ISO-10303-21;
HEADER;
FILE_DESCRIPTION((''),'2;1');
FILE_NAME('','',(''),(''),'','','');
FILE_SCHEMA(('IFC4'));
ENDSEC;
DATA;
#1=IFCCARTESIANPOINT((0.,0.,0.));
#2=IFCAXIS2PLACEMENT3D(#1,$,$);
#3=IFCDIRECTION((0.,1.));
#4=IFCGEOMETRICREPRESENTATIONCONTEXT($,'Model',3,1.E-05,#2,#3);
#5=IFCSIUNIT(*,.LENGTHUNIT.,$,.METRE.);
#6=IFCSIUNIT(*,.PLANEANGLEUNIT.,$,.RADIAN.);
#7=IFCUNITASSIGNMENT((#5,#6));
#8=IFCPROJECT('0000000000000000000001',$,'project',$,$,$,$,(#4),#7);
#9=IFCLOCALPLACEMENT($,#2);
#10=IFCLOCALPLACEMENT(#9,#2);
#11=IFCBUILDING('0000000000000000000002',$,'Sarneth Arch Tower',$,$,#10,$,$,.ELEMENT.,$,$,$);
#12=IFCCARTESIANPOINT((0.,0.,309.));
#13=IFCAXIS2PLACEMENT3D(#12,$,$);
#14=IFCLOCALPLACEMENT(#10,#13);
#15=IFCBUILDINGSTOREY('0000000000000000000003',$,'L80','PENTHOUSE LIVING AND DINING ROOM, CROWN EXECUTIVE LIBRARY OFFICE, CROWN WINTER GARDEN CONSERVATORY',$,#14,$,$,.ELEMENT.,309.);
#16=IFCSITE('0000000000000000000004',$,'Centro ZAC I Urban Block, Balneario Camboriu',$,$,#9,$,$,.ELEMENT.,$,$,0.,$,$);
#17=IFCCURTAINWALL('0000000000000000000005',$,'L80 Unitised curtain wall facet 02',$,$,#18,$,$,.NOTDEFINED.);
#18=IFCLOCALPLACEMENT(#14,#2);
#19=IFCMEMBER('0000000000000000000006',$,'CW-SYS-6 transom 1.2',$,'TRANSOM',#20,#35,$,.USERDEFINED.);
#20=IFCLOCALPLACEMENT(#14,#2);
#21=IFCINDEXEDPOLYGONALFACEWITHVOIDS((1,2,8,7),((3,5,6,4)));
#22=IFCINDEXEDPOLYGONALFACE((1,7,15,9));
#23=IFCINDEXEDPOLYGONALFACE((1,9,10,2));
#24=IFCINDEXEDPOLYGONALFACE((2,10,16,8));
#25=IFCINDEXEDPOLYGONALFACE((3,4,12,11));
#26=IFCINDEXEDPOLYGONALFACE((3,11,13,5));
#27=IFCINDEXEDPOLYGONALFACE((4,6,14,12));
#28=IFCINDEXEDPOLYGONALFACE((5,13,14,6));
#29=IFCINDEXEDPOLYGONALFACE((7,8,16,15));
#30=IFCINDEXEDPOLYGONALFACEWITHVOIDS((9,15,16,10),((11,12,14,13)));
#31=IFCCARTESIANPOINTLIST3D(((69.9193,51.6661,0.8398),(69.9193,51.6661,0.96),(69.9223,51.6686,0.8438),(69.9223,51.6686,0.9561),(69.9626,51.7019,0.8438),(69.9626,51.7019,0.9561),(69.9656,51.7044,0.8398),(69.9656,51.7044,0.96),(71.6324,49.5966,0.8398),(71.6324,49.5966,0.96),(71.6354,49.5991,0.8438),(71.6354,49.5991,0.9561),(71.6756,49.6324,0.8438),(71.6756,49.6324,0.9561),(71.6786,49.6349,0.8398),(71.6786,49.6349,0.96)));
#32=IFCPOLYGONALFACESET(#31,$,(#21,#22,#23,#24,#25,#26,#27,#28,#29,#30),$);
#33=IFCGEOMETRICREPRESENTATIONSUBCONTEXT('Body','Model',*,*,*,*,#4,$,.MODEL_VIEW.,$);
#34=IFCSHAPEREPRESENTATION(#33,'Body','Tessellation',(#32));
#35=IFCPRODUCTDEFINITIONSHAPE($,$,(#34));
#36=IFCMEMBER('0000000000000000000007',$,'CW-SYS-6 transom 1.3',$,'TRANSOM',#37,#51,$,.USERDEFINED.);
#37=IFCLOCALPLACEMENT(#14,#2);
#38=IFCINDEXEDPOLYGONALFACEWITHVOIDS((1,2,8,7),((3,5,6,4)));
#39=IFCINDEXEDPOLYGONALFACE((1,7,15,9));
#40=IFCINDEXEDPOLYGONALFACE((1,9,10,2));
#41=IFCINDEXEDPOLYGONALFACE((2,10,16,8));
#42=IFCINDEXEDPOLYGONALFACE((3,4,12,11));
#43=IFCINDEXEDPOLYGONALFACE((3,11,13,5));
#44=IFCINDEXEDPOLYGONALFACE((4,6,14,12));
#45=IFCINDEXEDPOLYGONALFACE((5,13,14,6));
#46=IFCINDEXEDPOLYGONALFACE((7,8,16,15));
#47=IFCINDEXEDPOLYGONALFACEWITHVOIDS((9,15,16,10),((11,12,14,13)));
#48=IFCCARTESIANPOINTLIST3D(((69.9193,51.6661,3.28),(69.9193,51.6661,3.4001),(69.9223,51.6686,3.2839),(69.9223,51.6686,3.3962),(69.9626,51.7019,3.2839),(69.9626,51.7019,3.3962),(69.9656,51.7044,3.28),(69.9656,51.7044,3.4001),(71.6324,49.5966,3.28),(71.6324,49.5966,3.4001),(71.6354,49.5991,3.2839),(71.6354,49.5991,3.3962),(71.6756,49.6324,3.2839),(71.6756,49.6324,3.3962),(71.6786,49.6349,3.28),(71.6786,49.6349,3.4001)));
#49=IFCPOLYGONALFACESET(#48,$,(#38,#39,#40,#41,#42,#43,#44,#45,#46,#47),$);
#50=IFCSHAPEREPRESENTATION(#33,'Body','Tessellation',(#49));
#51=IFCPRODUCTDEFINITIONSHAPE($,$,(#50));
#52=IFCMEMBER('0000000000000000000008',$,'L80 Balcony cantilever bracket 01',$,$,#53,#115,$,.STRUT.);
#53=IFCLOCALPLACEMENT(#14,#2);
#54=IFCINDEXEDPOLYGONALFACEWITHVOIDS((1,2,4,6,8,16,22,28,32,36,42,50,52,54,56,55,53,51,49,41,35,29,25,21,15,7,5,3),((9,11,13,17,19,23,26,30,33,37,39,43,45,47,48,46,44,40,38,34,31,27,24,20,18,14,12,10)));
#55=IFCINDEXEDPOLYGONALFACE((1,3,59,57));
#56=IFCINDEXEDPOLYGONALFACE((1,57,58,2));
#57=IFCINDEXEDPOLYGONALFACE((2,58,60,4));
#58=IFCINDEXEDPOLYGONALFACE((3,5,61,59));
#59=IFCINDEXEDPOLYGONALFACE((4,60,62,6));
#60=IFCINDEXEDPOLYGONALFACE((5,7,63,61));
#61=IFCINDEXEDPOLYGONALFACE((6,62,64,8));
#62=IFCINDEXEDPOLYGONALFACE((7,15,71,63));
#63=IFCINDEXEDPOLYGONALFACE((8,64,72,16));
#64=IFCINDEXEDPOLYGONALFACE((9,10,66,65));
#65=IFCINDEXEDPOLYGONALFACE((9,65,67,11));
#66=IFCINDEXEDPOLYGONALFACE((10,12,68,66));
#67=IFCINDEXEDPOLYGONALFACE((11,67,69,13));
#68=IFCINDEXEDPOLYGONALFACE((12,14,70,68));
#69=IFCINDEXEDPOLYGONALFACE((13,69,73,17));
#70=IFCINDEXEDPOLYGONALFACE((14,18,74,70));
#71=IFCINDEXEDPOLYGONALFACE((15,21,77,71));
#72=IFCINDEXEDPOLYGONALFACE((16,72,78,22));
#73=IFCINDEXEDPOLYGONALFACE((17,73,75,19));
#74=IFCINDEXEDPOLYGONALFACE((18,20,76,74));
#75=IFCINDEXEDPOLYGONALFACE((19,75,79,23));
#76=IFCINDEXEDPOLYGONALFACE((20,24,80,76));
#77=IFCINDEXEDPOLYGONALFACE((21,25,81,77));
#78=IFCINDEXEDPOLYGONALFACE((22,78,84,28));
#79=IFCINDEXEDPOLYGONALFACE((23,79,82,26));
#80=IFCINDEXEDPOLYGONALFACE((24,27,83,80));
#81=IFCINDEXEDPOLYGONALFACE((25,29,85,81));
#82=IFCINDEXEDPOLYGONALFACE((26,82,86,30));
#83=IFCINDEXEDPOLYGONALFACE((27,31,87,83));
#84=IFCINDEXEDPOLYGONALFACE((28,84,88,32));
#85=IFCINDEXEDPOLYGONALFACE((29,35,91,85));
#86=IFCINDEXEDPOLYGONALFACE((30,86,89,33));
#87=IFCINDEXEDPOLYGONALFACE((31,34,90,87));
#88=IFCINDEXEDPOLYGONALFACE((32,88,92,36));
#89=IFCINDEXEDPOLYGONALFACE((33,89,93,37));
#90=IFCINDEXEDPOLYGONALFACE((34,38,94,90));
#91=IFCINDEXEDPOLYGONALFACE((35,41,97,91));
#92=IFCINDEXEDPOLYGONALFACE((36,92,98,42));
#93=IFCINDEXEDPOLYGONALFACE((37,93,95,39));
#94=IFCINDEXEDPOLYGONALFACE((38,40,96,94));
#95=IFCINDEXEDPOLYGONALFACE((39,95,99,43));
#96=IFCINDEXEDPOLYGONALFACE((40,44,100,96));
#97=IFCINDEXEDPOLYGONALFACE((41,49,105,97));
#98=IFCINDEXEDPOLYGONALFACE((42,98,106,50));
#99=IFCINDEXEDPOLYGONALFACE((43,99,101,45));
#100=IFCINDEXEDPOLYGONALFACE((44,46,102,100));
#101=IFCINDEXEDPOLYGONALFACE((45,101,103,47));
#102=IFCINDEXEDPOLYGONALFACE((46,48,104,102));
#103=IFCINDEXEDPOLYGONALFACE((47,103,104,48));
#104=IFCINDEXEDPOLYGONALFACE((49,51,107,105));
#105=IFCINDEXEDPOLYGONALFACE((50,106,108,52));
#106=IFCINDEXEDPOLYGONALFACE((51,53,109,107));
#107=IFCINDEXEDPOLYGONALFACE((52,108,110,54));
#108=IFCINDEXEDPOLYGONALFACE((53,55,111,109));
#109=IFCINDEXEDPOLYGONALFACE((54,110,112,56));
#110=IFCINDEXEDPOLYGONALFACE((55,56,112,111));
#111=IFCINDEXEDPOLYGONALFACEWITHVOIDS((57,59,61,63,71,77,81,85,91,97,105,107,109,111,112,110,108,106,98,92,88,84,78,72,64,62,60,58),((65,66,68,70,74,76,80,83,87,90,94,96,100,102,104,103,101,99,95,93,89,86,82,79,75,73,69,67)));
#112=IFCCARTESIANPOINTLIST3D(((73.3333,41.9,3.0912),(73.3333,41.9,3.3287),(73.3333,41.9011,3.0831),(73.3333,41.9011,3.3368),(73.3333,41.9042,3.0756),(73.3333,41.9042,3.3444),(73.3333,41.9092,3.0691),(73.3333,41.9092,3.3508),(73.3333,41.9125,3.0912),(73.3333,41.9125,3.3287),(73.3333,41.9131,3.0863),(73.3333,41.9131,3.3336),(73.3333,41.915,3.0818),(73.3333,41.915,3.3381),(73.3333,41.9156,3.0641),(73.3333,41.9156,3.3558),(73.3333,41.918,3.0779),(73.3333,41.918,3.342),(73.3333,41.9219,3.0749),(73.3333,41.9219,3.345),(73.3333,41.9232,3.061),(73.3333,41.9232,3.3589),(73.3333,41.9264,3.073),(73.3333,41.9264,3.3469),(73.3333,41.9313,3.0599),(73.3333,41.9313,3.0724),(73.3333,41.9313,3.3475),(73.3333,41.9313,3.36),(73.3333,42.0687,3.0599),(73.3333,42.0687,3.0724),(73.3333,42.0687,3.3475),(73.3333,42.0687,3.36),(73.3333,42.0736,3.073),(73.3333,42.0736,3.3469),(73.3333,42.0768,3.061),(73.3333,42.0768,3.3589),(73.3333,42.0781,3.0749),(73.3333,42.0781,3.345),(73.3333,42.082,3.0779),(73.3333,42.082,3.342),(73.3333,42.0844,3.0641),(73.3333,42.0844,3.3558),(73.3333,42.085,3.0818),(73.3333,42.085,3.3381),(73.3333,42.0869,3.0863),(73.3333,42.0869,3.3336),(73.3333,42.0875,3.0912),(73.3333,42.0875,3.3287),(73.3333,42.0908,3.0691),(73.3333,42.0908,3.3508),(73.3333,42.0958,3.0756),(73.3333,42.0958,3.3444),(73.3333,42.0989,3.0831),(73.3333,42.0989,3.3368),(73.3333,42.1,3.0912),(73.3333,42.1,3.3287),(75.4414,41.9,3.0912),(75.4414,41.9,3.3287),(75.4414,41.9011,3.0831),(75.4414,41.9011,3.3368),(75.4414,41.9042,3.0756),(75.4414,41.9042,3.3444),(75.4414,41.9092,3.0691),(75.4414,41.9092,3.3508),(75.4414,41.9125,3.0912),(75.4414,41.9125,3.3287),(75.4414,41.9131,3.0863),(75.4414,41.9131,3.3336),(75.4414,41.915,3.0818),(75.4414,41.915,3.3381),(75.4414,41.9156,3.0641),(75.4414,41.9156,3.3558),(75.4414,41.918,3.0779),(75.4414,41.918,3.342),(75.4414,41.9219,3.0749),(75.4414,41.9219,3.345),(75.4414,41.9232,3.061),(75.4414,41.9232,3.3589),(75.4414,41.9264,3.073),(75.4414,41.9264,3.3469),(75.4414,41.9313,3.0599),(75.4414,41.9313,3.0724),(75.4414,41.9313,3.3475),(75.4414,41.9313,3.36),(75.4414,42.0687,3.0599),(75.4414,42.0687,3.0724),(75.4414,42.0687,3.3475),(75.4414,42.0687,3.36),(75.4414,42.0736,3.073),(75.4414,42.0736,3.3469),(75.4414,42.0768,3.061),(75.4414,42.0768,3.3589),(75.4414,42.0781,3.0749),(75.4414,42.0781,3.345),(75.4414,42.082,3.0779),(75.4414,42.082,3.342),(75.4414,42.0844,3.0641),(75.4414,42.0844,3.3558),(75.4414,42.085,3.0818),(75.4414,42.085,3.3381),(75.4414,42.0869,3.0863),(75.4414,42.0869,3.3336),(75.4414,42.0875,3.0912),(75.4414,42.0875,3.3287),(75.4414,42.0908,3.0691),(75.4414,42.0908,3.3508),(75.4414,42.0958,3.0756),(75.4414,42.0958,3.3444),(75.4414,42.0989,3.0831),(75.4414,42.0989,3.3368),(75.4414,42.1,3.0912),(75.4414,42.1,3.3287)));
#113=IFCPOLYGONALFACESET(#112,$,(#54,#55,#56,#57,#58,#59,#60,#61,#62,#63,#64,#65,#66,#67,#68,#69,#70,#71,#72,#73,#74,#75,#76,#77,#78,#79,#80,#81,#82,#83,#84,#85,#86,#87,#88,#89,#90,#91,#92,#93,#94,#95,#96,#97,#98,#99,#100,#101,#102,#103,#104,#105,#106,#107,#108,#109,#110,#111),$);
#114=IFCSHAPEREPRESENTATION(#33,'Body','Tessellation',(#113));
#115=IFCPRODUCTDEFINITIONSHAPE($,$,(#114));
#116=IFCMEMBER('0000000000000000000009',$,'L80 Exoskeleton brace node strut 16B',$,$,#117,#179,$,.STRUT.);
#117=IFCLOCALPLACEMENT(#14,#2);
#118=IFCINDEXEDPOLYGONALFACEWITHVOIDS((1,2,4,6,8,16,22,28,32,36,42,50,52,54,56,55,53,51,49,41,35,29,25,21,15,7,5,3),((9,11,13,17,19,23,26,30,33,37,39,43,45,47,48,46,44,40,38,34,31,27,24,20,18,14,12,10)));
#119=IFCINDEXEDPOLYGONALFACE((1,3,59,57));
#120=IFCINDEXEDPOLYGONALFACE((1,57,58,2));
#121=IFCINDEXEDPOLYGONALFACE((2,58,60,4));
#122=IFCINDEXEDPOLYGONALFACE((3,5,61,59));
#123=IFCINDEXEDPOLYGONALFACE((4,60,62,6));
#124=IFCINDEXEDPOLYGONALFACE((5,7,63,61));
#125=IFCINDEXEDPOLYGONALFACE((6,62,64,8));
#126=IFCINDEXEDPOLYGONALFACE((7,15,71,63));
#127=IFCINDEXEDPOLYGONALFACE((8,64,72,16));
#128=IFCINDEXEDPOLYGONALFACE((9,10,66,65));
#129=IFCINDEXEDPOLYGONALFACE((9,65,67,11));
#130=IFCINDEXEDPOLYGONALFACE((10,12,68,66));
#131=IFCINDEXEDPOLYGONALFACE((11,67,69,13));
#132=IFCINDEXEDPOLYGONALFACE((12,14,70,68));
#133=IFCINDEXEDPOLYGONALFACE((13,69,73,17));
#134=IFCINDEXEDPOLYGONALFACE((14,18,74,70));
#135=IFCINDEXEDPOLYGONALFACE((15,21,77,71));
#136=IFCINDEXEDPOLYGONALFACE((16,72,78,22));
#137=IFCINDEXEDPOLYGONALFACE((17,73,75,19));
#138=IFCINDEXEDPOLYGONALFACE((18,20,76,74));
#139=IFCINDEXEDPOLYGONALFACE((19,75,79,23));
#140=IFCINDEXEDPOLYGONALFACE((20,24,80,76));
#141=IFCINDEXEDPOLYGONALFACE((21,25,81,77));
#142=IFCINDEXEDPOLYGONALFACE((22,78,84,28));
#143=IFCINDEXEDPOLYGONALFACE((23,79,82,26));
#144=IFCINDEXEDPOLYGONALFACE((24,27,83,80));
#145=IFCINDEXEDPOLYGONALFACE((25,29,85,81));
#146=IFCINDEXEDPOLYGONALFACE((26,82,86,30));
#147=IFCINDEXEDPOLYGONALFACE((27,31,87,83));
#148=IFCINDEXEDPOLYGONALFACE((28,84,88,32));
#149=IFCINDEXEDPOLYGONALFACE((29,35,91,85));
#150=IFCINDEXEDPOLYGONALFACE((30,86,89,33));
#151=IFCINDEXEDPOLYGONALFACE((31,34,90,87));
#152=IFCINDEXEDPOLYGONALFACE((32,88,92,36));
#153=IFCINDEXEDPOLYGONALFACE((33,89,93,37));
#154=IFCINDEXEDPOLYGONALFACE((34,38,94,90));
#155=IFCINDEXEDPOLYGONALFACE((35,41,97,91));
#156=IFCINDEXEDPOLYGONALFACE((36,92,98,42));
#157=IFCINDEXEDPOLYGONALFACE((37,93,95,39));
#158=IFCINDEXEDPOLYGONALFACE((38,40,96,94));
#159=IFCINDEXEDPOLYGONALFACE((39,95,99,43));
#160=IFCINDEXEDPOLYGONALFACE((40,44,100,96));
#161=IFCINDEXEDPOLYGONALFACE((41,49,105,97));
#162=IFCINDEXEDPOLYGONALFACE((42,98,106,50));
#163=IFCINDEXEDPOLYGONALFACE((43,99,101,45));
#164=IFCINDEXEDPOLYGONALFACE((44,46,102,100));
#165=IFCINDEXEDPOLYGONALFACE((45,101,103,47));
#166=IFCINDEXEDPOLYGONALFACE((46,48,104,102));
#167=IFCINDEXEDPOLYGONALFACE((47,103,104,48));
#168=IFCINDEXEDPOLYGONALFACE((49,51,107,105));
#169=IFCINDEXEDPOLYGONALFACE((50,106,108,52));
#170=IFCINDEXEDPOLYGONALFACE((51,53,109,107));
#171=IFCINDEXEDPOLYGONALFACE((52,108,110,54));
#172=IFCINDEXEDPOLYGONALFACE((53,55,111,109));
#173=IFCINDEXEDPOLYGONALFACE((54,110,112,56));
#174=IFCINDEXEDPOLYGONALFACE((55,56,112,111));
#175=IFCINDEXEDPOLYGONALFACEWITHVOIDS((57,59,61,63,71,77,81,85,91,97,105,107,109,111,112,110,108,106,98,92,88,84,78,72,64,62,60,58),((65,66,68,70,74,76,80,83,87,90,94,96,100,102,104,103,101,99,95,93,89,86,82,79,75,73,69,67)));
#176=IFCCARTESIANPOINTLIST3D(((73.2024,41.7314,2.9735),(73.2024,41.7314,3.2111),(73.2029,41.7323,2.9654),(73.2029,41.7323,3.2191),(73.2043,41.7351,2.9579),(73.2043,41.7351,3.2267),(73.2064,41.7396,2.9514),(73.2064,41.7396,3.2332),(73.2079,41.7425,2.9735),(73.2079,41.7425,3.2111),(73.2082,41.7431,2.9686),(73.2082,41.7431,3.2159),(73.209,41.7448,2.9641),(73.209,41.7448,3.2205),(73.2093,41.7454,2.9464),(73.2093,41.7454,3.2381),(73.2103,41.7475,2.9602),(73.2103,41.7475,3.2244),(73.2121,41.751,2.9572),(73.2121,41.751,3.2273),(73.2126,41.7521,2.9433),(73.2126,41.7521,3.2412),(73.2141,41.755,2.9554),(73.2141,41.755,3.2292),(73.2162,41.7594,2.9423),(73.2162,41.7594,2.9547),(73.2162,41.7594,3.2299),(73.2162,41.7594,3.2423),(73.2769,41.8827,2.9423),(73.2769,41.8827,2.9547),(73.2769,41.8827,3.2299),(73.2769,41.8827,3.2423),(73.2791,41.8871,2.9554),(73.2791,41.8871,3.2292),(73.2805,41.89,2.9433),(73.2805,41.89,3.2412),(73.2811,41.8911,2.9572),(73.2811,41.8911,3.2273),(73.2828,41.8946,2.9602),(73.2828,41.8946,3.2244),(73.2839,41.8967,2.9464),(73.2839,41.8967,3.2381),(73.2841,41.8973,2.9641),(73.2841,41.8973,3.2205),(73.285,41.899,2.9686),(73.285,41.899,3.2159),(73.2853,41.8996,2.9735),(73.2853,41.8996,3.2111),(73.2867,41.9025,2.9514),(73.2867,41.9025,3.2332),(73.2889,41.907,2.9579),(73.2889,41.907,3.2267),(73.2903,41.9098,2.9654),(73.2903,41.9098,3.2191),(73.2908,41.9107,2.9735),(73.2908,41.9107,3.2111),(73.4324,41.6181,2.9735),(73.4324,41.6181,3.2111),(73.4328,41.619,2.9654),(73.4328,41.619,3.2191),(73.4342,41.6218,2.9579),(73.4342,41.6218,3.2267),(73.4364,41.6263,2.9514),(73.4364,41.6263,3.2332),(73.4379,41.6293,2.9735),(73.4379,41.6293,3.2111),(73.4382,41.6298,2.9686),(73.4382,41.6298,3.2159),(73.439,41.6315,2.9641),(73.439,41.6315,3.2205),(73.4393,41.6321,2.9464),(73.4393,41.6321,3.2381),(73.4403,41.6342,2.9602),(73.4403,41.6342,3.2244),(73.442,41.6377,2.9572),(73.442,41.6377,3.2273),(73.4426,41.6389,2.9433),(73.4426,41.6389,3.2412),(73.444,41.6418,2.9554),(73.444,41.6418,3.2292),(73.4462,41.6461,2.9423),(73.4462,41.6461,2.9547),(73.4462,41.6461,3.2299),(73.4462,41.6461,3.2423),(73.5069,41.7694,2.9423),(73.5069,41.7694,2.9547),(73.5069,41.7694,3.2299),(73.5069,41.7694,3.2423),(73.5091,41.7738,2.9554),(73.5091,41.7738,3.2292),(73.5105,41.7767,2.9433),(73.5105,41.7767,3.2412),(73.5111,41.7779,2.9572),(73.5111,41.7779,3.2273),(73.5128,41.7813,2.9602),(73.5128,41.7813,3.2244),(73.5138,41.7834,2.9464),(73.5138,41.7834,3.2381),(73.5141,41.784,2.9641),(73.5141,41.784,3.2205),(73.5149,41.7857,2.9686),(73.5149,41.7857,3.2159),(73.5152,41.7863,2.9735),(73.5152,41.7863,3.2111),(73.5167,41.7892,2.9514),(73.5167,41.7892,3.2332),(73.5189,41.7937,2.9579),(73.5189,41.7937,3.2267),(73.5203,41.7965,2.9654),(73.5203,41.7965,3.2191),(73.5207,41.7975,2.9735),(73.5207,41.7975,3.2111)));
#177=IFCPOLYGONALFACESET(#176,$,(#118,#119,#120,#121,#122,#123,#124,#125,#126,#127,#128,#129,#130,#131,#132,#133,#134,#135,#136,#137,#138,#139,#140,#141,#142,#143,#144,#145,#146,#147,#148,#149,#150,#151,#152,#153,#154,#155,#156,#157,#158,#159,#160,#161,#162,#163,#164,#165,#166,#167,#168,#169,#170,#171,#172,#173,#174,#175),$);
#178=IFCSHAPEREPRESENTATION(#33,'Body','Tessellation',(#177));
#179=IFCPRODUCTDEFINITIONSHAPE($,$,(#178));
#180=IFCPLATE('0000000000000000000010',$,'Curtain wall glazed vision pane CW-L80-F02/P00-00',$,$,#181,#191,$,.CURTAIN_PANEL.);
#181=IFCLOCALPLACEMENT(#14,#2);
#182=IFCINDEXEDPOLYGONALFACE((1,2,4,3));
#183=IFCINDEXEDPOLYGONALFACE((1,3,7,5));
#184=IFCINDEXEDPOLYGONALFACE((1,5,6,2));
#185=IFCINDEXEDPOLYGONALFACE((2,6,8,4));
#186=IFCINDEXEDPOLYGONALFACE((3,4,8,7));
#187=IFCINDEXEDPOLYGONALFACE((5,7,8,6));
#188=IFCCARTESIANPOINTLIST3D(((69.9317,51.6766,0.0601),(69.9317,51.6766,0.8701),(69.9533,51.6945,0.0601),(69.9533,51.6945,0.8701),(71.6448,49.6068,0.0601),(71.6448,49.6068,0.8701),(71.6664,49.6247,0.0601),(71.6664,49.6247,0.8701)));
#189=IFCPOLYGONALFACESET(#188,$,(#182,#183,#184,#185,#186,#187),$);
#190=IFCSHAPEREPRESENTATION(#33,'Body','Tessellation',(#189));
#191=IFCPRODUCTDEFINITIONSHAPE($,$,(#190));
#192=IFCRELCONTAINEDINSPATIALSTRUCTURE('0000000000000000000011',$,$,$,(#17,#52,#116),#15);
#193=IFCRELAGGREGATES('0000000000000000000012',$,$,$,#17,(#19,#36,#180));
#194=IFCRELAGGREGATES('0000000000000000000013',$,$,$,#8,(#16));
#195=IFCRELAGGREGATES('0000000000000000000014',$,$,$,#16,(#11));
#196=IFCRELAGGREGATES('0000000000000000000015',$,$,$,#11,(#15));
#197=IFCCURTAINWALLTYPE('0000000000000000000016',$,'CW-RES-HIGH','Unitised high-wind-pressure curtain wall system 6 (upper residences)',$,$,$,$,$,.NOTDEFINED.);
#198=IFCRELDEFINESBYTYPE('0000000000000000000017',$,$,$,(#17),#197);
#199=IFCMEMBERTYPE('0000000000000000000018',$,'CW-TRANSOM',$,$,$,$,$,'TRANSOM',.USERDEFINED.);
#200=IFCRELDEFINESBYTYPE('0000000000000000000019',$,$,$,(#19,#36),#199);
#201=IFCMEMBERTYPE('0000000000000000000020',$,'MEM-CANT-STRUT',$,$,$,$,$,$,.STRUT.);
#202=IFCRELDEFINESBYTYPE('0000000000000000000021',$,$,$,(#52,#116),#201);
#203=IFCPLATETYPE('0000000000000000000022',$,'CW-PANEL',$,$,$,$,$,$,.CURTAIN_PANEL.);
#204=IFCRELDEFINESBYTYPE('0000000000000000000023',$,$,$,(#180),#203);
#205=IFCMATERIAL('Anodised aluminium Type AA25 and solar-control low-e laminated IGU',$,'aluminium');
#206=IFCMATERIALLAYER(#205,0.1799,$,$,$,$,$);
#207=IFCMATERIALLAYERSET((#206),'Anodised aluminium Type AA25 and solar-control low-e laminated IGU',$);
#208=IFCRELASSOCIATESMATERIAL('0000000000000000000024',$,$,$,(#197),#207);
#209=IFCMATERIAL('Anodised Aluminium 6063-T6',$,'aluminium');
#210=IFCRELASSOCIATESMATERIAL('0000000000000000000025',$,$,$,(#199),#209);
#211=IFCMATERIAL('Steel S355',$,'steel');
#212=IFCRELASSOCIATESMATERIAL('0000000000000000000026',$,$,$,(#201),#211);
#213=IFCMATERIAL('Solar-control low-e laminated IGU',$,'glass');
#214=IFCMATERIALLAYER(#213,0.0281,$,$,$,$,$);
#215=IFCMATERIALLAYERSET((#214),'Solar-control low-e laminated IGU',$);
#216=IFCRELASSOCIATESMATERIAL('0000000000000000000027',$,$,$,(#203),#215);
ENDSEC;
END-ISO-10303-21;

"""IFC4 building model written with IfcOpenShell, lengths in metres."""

from ifc_helpers import new_model, si_unit, direction, frame, origin, origin_2d, place, context, subcontext, project, spatial, rectangle, hollow_rectangle, extrude, material, layer, layer_set, material_profile, profile_set, type_object, element, aggregate, save


model = new_model("IFC4")

# Units and contexts
model_context = context("Model", 3, precision=1e-05, world=origin(), true_north=direction((0.0, 1.0)))
body_context = subcontext(model_context, "Body", "Model", "MODEL_VIEW")
ifc_project = project(units=[si_unit("LENGTHUNIT", "METRE"), si_unit("PLANEANGLEUNIT", "RADIAN")], contexts=[model_context])

# Site, building, storey
site_placement = place(None, origin())
site = spatial("IfcSite", under=ifc_project, at=site_placement, Name="Centro ZAC I Urban Block, Balneario Camboriu", CompositionType="ELEMENT", RefElevation=0.0)
building_placement = place(site_placement, origin())
building = spatial("IfcBuilding", under=site, at=building_placement, Name="Sarneth Arch Tower", CompositionType="ELEMENT")
storey_placement = place(building_placement, frame((0.0, 0.0, 309.0)))
storey = spatial("IfcBuildingStorey", under=building, at=storey_placement, Name="L80", Description="PENTHOUSE LIVING AND DINING ROOM, CROWN EXECUTIVE LIBRARY OFFICE, CROWN WINTER GARDEN CONSERVATORY", CompositionType="ELEMENT", Elevation=309.0)

# Curtain wall, members
ifc_material_1 = material(Name="Anodised aluminium Type AA25 and solar-control low-e laminated IGU", Category="aluminium")
ifc_layer_1 = layer(ifc_material_1, 0.1799)
ifc_layer_set_1 = layer_set([ifc_layer_1], Name="Anodised aluminium Type AA25 and solar-control low-e laminated IGU")
curtain_wall_type = type_object("IfcCurtainWallType", Name="CW-RES-HIGH", Description="Unitised high-wind-pressure curtain wall system 6 (upper residences)", PredefinedType="NOTDEFINED", material=ifc_layer_set_1)
curtain_wall_placement = place(storey_placement, origin())
curtain_wall = element("IfcCurtainWall", 1, at=curtain_wall_placement, inside=storey, type_object=curtain_wall_type, Name="L80 Unitised curtain wall facet 02", PredefinedType="NOTDEFINED")
ifc_material_2 = material(Name="Anodised Aluminium 6063-T6", Category="aluminium")
ifc_material_profile_1 = material_profile(ifc_material_2, hollow_rectangle(XDim=0.0601, YDim=0.1201, WallThickness=0.0039, at=origin_2d()), Name="AL-TRAN-120x60x4")
ifc_profile_set_1 = profile_set([ifc_material_profile_1], Name="Anodised Aluminium 6063-T6")
member_type_1 = type_object("IfcMemberType", Name="CW-TRANSOM", ElementType="TRANSOM", PredefinedType="USERDEFINED", material=ifc_profile_set_1)
member_1_placement = place(storey_placement, frame((71.6555, 49.6157, 0.8999), z_axis=(-0.637651, 0.770325, 0.0), x_axis=(-0.770325, -0.637651, 0.0)))
member_1 = element("IfcMember", 2, at=member_1_placement, type_object=member_type_1, Name="CW-SYS-6 transom 1.2", ObjectType="TRANSOM", PredefinedType="USERDEFINED", context=body_context, shape_type="SweptSolid", body=[
    extrude(hollow_rectangle(XDim=0.0601, YDim=0.1201, WallThickness=0.0039, at=origin_2d()), origin(), (0.0, 0.0, 1.0), 2.6865),
])
member_2_placement = place(storey_placement, frame((71.6555, 49.6157, 3.3401), z_axis=(-0.637651, 0.770325, 0.0), x_axis=(-0.770325, -0.637651, 0.0)))
member_2 = element("IfcMember", 3, at=member_2_placement, type_object=member_type_1, Name="CW-SYS-6 transom 1.3", ObjectType="TRANSOM", PredefinedType="USERDEFINED", context=body_context, shape_type="SweptSolid", body=[
    extrude(hollow_rectangle(XDim=0.0601, YDim=0.1201, WallThickness=0.0039, at=origin_2d()), origin(), (0.0, 0.0, 1.0), 2.6865),
])

# Members
ifc_material_3 = material(Name="Steel S355", Category="steel")
ifc_material_profile_2 = material_profile(ifc_material_3, hollow_rectangle(XDim=0.2, YDim=0.3, WallThickness=0.0125, InnerFilletRadius=0.0188, OuterFilletRadius=0.0312, at=origin_2d()), Name="RHS300x200x12.5")
ifc_profile_set_2 = profile_set([ifc_material_profile_2], Name="Steel S355")
member_type_2 = type_object("IfcMemberType", Name="MEM-CANT-STRUT", PredefinedType="STRUT", material=ifc_profile_set_2)
member_3_placement = place(storey_placement, frame((73.3333, 42.0, 3.21), z_axis=(1.0, 0.0, 0.0), x_axis=(0.0, 1.0, 0.0)))
element("IfcMember", 4, at=member_3_placement, inside=storey, type_object=member_type_2, Name="L80 Balcony cantilever bracket 01", PredefinedType="STRUT", context=body_context, shape_type="SweptSolid", body=[
    extrude(hollow_rectangle(XDim=0.2, YDim=0.3, WallThickness=0.0125, InnerFilletRadius=0.0188, OuterFilletRadius=0.0312, at=origin_2d()), origin(), (0.0, 0.0, 1.0), 2.1082),
])
member_4_placement = place(storey_placement, frame((73.2466, 41.821, 3.0923), z_axis=(0.897078, -0.441873, 0.0), x_axis=(0.441873, 0.897078, 0.0)))
element("IfcMember", 5, at=member_4_placement, inside=storey, type_object=member_type_2, Name="L80 Exoskeleton brace node strut 16B", PredefinedType="STRUT", context=body_context, shape_type="SweptSolid", body=[
    extrude(hollow_rectangle(XDim=0.2, YDim=0.3, WallThickness=0.0125, InnerFilletRadius=0.0188, OuterFilletRadius=0.0312, at=origin_2d()), origin(), (0.0, 0.0, 1.0), 0.2563),
])

# Plate
ifc_material_4 = material(Name="Solar-control low-e laminated IGU", Category="glass")
ifc_layer_2 = layer(ifc_material_4, 0.0281)
ifc_layer_set_2 = layer_set([ifc_layer_2], Name="Solar-control low-e laminated IGU")
plate_type_1 = type_object("IfcPlateType", Name="CW-PANEL", PredefinedType="CURTAIN_PANEL", material=ifc_layer_set_2)
plate_1_placement = place(storey_placement, frame((70.7991, 50.6506, 0.0601), z_axis=(0.0, 0.0, 1.0), x_axis=(-0.63761, 0.770359, 0.0)))
plate_1 = element("IfcPlate", 6, at=plate_1_placement, type_object=plate_type_1, Name="Curtain wall glazed vision pane CW-L80-F02/P00-00", PredefinedType="CURTAIN_PANEL", context=body_context, shape_type="SweptSolid", body=[
    extrude(rectangle(XDim=2.6868, YDim=0.0281, at=origin_2d()), origin(), (0.0, 0.0, 1.0), 0.8101),
])
aggregate(curtain_wall, [member_1, member_2, plate_1])

save(model, "model.ifc")
